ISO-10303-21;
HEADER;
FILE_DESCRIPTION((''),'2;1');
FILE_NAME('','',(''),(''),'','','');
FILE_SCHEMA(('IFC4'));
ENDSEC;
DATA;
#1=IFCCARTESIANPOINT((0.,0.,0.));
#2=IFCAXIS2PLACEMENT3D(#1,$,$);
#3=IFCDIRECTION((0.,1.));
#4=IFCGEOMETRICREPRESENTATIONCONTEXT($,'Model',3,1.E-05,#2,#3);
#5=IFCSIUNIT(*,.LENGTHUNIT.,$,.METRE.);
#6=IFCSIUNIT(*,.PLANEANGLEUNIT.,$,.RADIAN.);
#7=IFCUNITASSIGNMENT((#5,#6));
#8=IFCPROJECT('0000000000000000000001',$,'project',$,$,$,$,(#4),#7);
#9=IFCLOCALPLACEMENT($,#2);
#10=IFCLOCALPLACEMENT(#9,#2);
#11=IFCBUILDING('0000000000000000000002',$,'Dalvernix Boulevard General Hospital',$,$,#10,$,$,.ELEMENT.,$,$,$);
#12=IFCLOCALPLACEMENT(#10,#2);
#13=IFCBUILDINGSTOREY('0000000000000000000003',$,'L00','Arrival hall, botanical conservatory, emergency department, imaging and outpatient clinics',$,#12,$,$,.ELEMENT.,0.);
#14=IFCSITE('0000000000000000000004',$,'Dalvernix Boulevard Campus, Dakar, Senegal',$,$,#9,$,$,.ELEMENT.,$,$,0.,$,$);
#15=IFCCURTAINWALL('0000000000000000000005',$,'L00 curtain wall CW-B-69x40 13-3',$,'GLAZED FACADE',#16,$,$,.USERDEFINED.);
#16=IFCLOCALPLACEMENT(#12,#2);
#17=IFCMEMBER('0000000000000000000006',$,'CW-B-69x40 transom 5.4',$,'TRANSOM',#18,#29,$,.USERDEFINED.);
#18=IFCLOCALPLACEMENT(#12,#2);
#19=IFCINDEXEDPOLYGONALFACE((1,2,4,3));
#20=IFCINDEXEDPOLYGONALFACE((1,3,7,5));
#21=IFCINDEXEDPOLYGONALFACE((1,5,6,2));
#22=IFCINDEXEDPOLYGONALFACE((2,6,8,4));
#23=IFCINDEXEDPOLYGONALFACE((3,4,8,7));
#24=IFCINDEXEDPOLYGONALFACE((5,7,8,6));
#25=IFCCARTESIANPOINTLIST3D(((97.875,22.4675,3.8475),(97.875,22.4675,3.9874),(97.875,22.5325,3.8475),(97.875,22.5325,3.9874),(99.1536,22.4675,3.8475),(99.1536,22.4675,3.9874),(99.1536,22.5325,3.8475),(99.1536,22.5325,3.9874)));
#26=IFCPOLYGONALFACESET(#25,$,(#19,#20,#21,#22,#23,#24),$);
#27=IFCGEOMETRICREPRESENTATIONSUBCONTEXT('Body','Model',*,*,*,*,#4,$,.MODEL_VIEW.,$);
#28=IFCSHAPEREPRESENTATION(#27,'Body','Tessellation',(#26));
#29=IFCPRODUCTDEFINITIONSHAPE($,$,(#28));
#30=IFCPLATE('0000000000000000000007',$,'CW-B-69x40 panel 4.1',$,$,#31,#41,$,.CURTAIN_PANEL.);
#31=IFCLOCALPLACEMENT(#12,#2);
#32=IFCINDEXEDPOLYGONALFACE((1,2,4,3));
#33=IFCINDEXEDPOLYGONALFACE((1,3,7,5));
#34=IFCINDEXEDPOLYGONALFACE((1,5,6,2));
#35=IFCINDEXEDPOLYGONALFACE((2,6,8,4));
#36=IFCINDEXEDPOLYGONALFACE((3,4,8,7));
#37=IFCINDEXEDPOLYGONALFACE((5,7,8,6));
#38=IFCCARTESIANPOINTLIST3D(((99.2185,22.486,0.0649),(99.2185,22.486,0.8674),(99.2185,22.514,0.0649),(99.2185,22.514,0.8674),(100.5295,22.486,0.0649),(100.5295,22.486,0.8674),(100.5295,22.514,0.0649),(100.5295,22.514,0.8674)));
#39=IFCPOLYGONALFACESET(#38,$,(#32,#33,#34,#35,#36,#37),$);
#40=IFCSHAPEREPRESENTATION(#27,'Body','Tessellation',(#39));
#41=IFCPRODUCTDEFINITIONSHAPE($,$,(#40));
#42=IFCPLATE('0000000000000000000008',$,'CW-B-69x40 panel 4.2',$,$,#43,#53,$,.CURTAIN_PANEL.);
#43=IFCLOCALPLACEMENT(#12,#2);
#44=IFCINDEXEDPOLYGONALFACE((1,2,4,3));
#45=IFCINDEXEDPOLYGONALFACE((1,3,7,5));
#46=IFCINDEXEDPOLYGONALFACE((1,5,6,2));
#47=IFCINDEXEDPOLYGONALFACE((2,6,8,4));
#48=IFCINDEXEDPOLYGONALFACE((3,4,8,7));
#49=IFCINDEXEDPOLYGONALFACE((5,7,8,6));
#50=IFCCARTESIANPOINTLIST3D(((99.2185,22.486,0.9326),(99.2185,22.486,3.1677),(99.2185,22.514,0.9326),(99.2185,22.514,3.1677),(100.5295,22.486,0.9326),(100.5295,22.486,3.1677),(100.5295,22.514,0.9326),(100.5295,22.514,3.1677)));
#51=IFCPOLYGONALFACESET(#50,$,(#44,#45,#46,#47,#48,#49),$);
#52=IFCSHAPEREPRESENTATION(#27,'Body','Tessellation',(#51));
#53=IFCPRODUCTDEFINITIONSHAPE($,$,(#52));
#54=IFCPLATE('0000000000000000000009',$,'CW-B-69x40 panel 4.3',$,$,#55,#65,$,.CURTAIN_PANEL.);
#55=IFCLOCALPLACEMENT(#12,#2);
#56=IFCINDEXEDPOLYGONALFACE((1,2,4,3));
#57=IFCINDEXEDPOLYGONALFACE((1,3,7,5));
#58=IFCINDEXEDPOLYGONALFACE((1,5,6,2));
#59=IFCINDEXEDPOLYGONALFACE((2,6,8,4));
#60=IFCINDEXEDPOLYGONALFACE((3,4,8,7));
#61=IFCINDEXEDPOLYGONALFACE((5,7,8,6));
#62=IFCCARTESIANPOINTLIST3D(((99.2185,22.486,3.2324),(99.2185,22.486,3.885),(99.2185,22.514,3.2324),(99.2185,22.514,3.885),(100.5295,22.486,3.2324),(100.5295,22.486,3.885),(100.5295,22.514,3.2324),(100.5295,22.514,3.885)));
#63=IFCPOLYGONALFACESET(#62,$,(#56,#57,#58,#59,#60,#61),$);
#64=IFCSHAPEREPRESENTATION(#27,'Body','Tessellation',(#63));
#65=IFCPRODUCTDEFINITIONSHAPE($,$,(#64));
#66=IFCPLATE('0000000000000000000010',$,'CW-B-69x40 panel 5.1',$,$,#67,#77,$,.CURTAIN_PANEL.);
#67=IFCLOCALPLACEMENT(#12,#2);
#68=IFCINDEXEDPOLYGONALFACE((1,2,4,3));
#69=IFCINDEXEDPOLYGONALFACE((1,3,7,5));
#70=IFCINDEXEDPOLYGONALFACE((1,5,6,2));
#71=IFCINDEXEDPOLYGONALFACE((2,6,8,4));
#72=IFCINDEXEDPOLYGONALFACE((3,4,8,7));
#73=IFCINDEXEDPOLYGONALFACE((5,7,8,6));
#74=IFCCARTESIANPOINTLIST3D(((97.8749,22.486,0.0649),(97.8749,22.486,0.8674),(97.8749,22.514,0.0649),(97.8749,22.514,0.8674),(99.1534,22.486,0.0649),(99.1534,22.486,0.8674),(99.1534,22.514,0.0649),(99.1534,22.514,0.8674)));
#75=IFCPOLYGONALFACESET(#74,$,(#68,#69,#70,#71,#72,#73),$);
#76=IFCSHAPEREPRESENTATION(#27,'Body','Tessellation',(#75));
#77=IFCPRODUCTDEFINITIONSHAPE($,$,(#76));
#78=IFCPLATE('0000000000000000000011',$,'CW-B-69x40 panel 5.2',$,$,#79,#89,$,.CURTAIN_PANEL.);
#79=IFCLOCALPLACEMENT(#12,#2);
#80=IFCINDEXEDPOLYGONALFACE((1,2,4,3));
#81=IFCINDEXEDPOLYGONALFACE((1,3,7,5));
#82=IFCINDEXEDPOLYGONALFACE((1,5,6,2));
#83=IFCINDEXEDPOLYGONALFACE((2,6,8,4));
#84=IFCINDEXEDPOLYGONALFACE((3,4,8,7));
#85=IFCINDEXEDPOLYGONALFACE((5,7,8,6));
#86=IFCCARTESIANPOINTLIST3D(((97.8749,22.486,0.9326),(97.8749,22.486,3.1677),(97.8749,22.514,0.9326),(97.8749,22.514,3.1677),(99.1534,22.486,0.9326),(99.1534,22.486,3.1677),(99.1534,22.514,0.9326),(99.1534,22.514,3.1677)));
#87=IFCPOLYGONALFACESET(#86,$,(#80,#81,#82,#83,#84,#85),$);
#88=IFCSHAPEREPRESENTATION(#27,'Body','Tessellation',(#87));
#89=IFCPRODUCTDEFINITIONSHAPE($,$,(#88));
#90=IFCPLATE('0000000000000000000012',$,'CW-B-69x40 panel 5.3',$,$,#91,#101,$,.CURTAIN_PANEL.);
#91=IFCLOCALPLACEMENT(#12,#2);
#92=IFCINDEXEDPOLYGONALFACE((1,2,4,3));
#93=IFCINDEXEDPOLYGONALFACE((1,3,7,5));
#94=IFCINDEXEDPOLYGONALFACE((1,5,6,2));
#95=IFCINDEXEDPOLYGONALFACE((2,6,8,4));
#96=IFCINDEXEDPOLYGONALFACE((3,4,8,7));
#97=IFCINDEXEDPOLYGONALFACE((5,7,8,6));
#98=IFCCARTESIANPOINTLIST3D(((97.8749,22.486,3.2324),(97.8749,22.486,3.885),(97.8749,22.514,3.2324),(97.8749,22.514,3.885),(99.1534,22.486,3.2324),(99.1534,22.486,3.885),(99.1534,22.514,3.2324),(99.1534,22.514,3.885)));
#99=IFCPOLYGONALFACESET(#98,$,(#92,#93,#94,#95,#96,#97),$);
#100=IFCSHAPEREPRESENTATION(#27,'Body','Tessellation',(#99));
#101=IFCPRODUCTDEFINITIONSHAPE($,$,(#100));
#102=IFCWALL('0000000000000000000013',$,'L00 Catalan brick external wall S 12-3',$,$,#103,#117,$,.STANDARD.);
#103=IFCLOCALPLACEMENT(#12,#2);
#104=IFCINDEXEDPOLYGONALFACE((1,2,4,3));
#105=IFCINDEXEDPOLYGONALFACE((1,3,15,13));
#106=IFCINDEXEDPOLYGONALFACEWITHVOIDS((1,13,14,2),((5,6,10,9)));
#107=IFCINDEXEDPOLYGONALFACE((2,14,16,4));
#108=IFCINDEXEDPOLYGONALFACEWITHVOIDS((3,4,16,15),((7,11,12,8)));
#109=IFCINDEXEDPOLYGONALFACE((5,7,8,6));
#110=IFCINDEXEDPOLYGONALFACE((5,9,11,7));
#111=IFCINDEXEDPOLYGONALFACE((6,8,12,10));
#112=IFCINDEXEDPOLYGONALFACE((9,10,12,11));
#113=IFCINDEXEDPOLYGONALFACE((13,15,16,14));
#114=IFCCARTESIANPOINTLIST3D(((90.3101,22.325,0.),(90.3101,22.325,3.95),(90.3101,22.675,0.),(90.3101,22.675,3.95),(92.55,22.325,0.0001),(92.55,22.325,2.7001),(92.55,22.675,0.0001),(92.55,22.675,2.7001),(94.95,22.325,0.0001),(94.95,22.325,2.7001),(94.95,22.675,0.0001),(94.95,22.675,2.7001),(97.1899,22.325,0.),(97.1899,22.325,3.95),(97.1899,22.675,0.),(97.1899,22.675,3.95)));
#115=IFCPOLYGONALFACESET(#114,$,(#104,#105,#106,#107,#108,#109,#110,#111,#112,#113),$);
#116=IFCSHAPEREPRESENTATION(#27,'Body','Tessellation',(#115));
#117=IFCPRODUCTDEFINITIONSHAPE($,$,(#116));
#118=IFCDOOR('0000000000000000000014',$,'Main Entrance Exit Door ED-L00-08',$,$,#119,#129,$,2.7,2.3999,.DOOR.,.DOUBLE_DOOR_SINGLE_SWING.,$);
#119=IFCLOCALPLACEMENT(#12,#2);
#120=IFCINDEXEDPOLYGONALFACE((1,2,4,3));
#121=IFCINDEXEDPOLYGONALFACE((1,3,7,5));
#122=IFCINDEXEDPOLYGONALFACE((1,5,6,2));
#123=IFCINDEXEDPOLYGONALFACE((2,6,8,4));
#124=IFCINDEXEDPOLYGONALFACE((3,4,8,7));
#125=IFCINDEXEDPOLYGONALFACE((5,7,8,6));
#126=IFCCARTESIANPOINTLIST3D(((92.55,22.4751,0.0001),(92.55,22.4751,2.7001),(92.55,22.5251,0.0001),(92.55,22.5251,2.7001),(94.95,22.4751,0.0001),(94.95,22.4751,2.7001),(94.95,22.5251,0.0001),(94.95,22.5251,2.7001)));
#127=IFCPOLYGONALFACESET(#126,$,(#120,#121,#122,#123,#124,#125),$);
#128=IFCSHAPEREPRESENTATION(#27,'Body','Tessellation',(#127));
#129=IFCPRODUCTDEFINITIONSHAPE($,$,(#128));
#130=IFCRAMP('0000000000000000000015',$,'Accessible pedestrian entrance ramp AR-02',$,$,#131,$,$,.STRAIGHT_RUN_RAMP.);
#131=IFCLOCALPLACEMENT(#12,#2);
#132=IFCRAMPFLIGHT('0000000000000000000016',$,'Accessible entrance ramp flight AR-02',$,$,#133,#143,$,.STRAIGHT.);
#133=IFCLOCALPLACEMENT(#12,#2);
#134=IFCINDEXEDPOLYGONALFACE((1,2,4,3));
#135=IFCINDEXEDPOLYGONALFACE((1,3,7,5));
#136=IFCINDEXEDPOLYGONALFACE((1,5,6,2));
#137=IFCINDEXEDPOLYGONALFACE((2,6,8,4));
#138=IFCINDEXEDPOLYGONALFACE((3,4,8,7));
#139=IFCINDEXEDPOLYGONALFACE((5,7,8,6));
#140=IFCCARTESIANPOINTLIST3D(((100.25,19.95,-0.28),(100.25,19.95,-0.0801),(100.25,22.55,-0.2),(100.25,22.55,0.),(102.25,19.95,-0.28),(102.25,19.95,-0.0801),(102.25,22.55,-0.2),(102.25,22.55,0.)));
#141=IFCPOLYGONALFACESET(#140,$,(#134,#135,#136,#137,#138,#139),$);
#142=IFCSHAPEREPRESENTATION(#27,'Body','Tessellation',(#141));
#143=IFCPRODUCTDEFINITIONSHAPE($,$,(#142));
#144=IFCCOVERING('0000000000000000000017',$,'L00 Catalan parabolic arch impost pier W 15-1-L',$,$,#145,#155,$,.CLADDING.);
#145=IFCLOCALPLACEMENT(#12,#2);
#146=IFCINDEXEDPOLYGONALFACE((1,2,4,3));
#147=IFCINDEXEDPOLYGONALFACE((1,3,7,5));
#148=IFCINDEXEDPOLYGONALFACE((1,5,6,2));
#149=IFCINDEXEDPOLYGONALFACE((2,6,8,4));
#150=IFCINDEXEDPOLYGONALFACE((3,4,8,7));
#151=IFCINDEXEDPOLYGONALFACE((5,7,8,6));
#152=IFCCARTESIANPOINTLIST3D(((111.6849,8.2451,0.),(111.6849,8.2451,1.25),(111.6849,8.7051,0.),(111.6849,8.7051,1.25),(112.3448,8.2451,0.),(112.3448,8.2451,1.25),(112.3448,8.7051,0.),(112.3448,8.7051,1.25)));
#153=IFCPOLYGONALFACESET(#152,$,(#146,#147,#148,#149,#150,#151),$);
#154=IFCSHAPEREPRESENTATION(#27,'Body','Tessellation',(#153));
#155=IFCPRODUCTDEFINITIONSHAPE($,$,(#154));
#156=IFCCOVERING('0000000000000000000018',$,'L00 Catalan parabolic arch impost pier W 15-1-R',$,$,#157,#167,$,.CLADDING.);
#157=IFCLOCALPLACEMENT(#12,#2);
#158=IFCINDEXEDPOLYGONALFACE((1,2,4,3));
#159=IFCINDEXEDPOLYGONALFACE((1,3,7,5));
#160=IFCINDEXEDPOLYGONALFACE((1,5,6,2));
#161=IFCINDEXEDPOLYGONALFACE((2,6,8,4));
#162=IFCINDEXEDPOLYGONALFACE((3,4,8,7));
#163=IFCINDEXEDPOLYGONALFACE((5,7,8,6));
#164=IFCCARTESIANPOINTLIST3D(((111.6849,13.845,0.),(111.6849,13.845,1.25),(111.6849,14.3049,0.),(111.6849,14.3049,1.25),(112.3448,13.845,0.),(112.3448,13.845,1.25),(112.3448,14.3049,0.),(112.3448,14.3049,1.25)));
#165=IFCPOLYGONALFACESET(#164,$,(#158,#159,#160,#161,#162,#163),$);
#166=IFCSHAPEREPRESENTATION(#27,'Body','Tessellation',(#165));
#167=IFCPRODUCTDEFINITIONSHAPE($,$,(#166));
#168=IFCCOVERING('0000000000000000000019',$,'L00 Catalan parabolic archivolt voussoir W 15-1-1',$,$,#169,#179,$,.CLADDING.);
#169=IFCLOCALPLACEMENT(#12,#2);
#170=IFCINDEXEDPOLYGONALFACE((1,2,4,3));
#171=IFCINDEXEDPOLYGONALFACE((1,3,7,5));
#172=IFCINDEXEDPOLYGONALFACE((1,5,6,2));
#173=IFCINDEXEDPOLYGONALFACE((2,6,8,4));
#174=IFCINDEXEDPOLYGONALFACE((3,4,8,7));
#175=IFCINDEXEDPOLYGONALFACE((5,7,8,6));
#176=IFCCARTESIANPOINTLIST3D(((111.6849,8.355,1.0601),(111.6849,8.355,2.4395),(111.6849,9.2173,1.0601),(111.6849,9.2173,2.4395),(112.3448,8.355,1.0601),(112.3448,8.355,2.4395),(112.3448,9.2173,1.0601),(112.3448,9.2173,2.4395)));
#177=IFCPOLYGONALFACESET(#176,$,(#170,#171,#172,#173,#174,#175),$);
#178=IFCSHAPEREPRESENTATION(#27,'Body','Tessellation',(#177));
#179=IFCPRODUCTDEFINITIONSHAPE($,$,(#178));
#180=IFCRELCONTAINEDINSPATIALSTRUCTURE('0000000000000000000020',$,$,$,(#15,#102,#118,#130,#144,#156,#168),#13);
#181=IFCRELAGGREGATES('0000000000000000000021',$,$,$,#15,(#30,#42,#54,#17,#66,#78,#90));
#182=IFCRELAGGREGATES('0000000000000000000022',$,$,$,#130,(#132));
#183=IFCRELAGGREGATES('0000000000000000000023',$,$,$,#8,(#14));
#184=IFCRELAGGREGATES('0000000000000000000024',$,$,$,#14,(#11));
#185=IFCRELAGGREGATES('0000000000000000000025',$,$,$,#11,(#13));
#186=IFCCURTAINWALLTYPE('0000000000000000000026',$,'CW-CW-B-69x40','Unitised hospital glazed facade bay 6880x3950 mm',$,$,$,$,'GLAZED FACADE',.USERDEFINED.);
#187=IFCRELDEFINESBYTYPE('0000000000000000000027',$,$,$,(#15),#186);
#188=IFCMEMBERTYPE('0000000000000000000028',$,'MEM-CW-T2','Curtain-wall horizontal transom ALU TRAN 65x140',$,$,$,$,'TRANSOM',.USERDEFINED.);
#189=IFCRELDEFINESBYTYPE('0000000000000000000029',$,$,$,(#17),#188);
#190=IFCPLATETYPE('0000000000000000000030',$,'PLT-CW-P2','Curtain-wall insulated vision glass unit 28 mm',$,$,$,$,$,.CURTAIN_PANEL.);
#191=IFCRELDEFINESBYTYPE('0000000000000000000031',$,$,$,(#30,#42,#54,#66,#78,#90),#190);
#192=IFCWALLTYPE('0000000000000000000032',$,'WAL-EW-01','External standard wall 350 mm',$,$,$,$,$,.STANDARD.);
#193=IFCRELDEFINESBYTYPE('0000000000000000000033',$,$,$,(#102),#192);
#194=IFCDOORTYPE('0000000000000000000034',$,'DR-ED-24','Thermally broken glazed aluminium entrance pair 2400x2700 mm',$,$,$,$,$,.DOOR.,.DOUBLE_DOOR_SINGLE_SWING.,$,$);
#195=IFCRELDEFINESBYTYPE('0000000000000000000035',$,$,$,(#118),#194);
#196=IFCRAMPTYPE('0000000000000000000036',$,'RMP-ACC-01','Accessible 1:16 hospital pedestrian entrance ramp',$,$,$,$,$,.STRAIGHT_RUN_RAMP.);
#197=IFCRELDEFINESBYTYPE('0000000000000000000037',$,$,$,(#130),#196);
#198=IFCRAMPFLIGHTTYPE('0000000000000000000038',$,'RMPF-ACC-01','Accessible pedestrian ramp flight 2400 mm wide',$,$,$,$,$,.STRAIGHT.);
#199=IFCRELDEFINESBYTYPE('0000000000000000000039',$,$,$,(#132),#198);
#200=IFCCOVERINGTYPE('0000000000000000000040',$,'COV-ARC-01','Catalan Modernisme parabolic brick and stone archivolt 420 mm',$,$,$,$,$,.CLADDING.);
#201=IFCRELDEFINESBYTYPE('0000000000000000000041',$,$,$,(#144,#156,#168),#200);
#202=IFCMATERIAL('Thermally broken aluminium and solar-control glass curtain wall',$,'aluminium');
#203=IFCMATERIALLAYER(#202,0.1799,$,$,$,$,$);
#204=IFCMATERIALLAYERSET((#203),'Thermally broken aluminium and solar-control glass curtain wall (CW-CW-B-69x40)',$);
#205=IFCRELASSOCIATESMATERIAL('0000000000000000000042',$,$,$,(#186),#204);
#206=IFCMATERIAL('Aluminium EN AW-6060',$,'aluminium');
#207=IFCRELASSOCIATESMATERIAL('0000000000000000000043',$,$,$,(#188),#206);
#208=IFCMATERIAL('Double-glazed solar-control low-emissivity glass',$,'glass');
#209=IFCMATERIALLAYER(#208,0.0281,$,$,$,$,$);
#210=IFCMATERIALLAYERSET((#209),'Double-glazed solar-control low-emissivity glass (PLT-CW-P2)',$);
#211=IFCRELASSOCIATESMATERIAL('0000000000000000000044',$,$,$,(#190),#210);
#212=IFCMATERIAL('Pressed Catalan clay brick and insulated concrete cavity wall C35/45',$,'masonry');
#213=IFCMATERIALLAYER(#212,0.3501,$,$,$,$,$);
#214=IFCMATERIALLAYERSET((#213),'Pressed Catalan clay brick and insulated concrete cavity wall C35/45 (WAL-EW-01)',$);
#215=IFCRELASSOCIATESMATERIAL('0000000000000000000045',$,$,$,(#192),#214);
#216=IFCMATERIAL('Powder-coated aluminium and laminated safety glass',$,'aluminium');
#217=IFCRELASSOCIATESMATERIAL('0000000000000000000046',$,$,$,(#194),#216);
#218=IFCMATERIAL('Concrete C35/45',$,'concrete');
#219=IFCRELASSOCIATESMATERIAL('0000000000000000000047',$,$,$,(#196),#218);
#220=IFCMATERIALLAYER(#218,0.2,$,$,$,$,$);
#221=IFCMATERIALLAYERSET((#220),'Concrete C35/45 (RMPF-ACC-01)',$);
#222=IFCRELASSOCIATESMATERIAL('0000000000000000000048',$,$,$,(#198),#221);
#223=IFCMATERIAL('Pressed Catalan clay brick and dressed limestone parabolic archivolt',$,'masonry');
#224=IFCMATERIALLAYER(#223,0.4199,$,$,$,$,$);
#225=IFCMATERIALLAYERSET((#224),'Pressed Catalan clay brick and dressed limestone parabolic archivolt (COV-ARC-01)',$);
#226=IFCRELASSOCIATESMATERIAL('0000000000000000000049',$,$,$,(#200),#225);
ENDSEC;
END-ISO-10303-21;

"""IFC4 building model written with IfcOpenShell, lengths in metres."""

from ifc_helpers import new_model, si_unit, direction, frame, frame_2d, origin, origin_2d, place, context, subcontext, project, spatial, polyline, rectangle, outline, extrude, material, layer, layer_set, material_profile, profile_set, type_object, element, fill, aggregate, save


model = new_model("IFC4")

# Units and contexts
model_context = context("Model", 3, precision=1e-05, world=origin(), true_north=direction((0.0, 1.0)))
body_context = subcontext(model_context, "Body", "Model", "MODEL_VIEW")
ifc_project = project(units=[si_unit("LENGTHUNIT", "METRE"), si_unit("PLANEANGLEUNIT", "RADIAN")], contexts=[model_context])

# Site, building, storey
site_placement = place(None, origin())
site = spatial("IfcSite", under=ifc_project, at=site_placement, Name="Dalvernix Boulevard Campus, Dakar, Senegal", CompositionType="ELEMENT", RefElevation=0.0)
building_placement = place(site_placement, origin())
building = spatial("IfcBuilding", under=site, at=building_placement, Name="Dalvernix Boulevard General Hospital", CompositionType="ELEMENT")
storey_placement = place(building_placement, origin())
storey = spatial("IfcBuildingStorey", under=building, at=storey_placement, Name="L00", Description="Arrival hall, botanical conservatory, emergency department, imaging and outpatient clinics", CompositionType="ELEMENT", Elevation=0.0)

# Shared definitions
ifc_material_1 = material(Name="Concrete C35/45", Category="concrete")

# Curtain wall, member, plates
ifc_material_2 = material(Name="Thermally broken aluminium and solar-control glass curtain wall", Category="aluminium")
ifc_layer_1 = layer(ifc_material_2, 0.1799)
ifc_layer_set_1 = layer_set([ifc_layer_1], Name="Thermally broken aluminium and solar-control glass curtain wall (CW-CW-B-69x40)")
curtain_wall_type = type_object("IfcCurtainWallType", Name="CW-CW-B-69x40", Description="Unitised hospital glazed facade bay 6880x3950 mm", ElementType="GLAZED FACADE", PredefinedType="USERDEFINED", material=ifc_layer_set_1)
curtain_wall_placement = place(storey_placement, origin())
curtain_wall = element("IfcCurtainWall", 1, at=curtain_wall_placement, inside=storey, type_object=curtain_wall_type, Name="L00 curtain wall CW-B-69x40 13-3", ObjectType="GLAZED FACADE", PredefinedType="USERDEFINED")
ifc_material_3 = material(Name="Aluminium EN AW-6060", Category="aluminium")
ifc_material_profile_1 = material_profile(ifc_material_3, rectangle(XDim=0.0649, YDim=0.1399, at=origin_2d()), Name="ALU TRAN 65x140")
ifc_profile_set_1 = profile_set([ifc_material_profile_1], Name="Aluminium EN AW-6060")
member_type_1 = type_object("IfcMemberType", Name="MEM-CW-T2", Description="Curtain-wall horizontal transom ALU TRAN 65x140", ElementType="TRANSOM", PredefinedType="USERDEFINED", material=ifc_profile_set_1)
member_1_placement = place(storey_placement, frame((99.1536, 22.5, 3.9175), z_axis=(-1.0, 0.0, 0.0), x_axis=(0.0, -1.0, 0.0)))
member_1 = element("IfcMember", 2, at=member_1_placement, type_object=member_type_1, Name="CW-B-69x40 transom 5.4", ObjectType="TRANSOM", PredefinedType="USERDEFINED", context=body_context, shape_type="SweptSolid", body=[
    extrude(rectangle(XDim=0.0649, YDim=0.1399, at=origin_2d()), origin(), (0.0, 0.0, 1.0), 1.2786),
])
ifc_material_4 = material(Name="Double-glazed solar-control low-emissivity glass", Category="glass")
ifc_layer_2 = layer(ifc_material_4, 0.0281)
ifc_layer_set_2 = layer_set([ifc_layer_2], Name="Double-glazed solar-control low-emissivity glass (PLT-CW-P2)")
plate_type = type_object("IfcPlateType", Name="PLT-CW-P2", Description="Curtain-wall insulated vision glass unit 28 mm", PredefinedType="CURTAIN_PANEL", material=ifc_layer_set_2)
plate_1_placement = place(storey_placement, frame((99.874, 22.5, 0.0649), z_axis=(0.0, 0.0, 1.0), x_axis=(-1.0, 0.0, 0.0)))
plate_1 = element("IfcPlate", 3, at=plate_1_placement, type_object=plate_type, Name="CW-B-69x40 panel 4.1", PredefinedType="CURTAIN_PANEL", context=body_context, shape_type="SweptSolid", body=[
    extrude(rectangle(XDim=1.311, YDim=0.0281, at=origin_2d()), origin(), (0.0, 0.0, 1.0), 0.8025),
])
plate_2_placement = place(storey_placement, frame((99.874, 22.5, 0.9326), z_axis=(0.0, 0.0, 1.0), x_axis=(-1.0, 0.0, 0.0)))
plate_2 = element("IfcPlate", 4, at=plate_2_placement, type_object=plate_type, Name="CW-B-69x40 panel 4.2", PredefinedType="CURTAIN_PANEL", context=body_context, shape_type="SweptSolid", body=[
    extrude(rectangle(XDim=1.311, YDim=0.0281, at=origin_2d()), origin(), (0.0, 0.0, 1.0), 2.2351),
])
plate_3_placement = place(storey_placement, frame((99.874, 22.5, 3.2324), z_axis=(0.0, 0.0, 1.0), x_axis=(-1.0, 0.0, 0.0)))
plate_3 = element("IfcPlate", 5, at=plate_3_placement, type_object=plate_type, Name="CW-B-69x40 panel 4.3", PredefinedType="CURTAIN_PANEL", context=body_context, shape_type="SweptSolid", body=[
    extrude(rectangle(XDim=1.311, YDim=0.0281, at=origin_2d()), origin(), (0.0, 0.0, 1.0), 0.6526),
])
plate_4_placement = place(storey_placement, frame((98.5142, 22.5, 0.0649), z_axis=(0.0, 0.0, 1.0), x_axis=(-1.0, 0.0, 0.0)))
plate_4 = element("IfcPlate", 6, at=plate_4_placement, type_object=plate_type, Name="CW-B-69x40 panel 5.1", PredefinedType="CURTAIN_PANEL", context=body_context, shape_type="SweptSolid", body=[
    extrude(rectangle(XDim=1.2786, YDim=0.0281, at=origin_2d()), origin(), (0.0, 0.0, 1.0), 0.8025),
])
plate_5_placement = place(storey_placement, frame((98.5142, 22.5, 0.9326), z_axis=(0.0, 0.0, 1.0), x_axis=(-1.0, 0.0, 0.0)))
plate_5 = element("IfcPlate", 7, at=plate_5_placement, type_object=plate_type, Name="CW-B-69x40 panel 5.2", PredefinedType="CURTAIN_PANEL", context=body_context, shape_type="SweptSolid", body=[
    extrude(rectangle(XDim=1.2786, YDim=0.0281, at=origin_2d()), origin(), (0.0, 0.0, 1.0), 2.2351),
])
plate_6_placement = place(storey_placement, frame((98.5142, 22.5, 3.2324), z_axis=(0.0, 0.0, 1.0), x_axis=(-1.0, 0.0, 0.0)))
plate_6 = element("IfcPlate", 8, at=plate_6_placement, type_object=plate_type, Name="CW-B-69x40 panel 5.3", PredefinedType="CURTAIN_PANEL", context=body_context, shape_type="SweptSolid", body=[
    extrude(rectangle(XDim=1.2786, YDim=0.0281, at=origin_2d()), origin(), (0.0, 0.0, 1.0), 0.6526),
])
aggregate(curtain_wall, [plate_1, plate_2, plate_3, member_1, plate_4, plate_5, plate_6])

# Wall, opening, door
ifc_material_5 = material(Name="Pressed Catalan clay brick and insulated concrete cavity wall C35/45", Category="masonry")
ifc_layer_3 = layer(ifc_material_5, 0.3501)
ifc_layer_set_3 = layer_set([ifc_layer_3], Name="Pressed Catalan clay brick and insulated concrete cavity wall C35/45 (WAL-EW-01)")
wall_type = type_object("IfcWallType", Name="WAL-EW-01", Description="External standard wall 350 mm", PredefinedType="STANDARD", material=ifc_layer_set_3)
wall_placement = place(storey_placement, frame((97.1899, 22.5, 0.0), z_axis=(0.0, 0.0, 1.0), x_axis=(-1.0, 0.0, 0.0)))
wall = element("IfcWall", 9, at=wall_placement, inside=storey, type_object=wall_type, Name="L00 Catalan brick external wall S 12-3", PredefinedType="STANDARD", context=body_context, shape_type="SweptSolid", body=[
    extrude(rectangle(XDim=6.8799, YDim=0.3501, at=frame_2d((3.4399, 0.0))), origin(), (0.0, 0.0, 1.0), 3.95),
])
opening_placement = place(wall_placement, frame((2.24, 0.0, 0.0)))
opening = element("IfcOpeningElement", 10, at=opening_placement, cuts=wall, PredefinedType="OPENING", context=body_context, shape_type="SweptSolid", body=[
    extrude(rectangle(XDim=2.3999, YDim=2.7, at=frame_2d((1.2, 1.3501))), frame((0.0, 0.1851, 0.0), z_axis=(0.0, -1.0, 0.0), x_axis=(1.0, 0.0, 0.0)), (0.0, 0.0, 1.0), 0.3701),
])
ifc_material_6 = material(Name="Powder-coated aluminium and laminated safety glass", Category="aluminium")
door_type = type_object("IfcDoorType", Name="DR-ED-24", Description="Thermally broken glazed aluminium entrance pair 2400x2700 mm", OperationType="DOUBLE_DOOR_SINGLE_SWING", PredefinedType="DOOR", material=ifc_material_6)
door_placement = place(opening_placement, origin())
door = element("IfcDoor", 11, at=door_placement, inside=storey, type_object=door_type, Name="Main Entrance Exit Door ED-L00-08", OperationType="DOUBLE_DOOR_SINGLE_SWING", OverallHeight=2.7, OverallWidth=2.3999, PredefinedType="DOOR", context=body_context, shape_type="SweptSolid", body=[
    extrude(rectangle(XDim=2.3999, YDim=2.7, at=frame_2d((1.2, 1.3501))), frame((0.0, 0.0249, 0.0), z_axis=(0.0, -1.0, 0.0), x_axis=(1.0, 0.0, 0.0)), (0.0, 0.0, 1.0), 0.05),
])
fill(opening, door)

# Ramp, ramp flight
ramp_type = type_object("IfcRampType", Name="RMP-ACC-01", Description="Accessible 1:16 hospital pedestrian entrance ramp", PredefinedType="STRAIGHT_RUN_RAMP", material=ifc_material_1)
ramp_placement = place(storey_placement, origin())
ramp = element("IfcRamp", 12, at=ramp_placement, inside=storey, type_object=ramp_type, Name="Accessible pedestrian entrance ramp AR-02", PredefinedType="STRAIGHT_RUN_RAMP")
ifc_layer_4 = layer(ifc_material_1, 0.2)
ifc_layer_set_4 = layer_set([ifc_layer_4], Name="Concrete C35/45 (RMPF-ACC-01)")
ramp_flight_type = type_object("IfcRampFlightType", Name="RMPF-ACC-01", Description="Accessible pedestrian ramp flight 2400 mm wide", PredefinedType="STRAIGHT", material=ifc_layer_set_4)
ramp_flight_placement = place(storey_placement, frame((101.25, 19.95, -0.0801), z_axis=(0.0, 0.0, 1.0), x_axis=(0.0, 1.0, 0.0)))
ramp_flight = element("IfcRampFlight", 13, at=ramp_flight_placement, type_object=ramp_flight_type, Name="Accessible entrance ramp flight AR-02", PredefinedType="STRAIGHT", context=body_context, shape_type="SweptSolid", body=[
    extrude(outline(polyline([(0.0, 0.0), (0.0, -0.2), (2.6001, -0.1199), (2.6001, 0.0801), (0.0, 0.0)])), frame((0.0, 1.0, 0.0), z_axis=(0.0, -1.0, 0.0), x_axis=(1.0, 0.0, 0.0)), (0.0, 0.0, 1.0), 2.0),
])
aggregate(ramp, [ramp_flight])

# Coverings
ifc_material_7 = material(Name="Pressed Catalan clay brick and dressed limestone parabolic archivolt", Category="masonry")
ifc_layer_5 = layer(ifc_material_7, 0.4199)
ifc_layer_set_5 = layer_set([ifc_layer_5], Name="Pressed Catalan clay brick and dressed limestone parabolic archivolt (COV-ARC-01)")
covering_type = type_object("IfcCoveringType", Name="COV-ARC-01", Description="Catalan Modernisme parabolic brick and stone archivolt 420 mm", PredefinedType="CLADDING", material=ifc_layer_set_5)
for number, where, z_axis, x_axis, name in (
    (14, (112.0149, 8.4751, 0.0), (0.0, 0.0, 1.0), (0.0, 1.0, 0.0), "L00 Catalan parabolic arch impost pier W 15-1-L"),
    (15, (112.0149, 14.075, 0.0), (0.0, 0.0, 1.0), (0.0, 1.0, 0.0), "L00 Catalan parabolic arch impost pier W 15-1-R"),
):
    element("IfcCovering", number, at=place(storey_placement, frame(where, z_axis=z_axis, x_axis=x_axis)), inside=storey, type_object=covering_type, Name=name, PredefinedType="CLADDING", context=body_context, shape_type="SweptSolid", body=[
        extrude(rectangle(XDim=0.46, YDim=0.6599, at=origin_2d()), origin(), (0.0, 0.0, 1.0), 1.25),
    ])
covering_1_placement = place(storey_placement, frame((112.0149, 8.7861, 1.0601), z_axis=(0.0, 0.0, 1.0), x_axis=(0.0, 1.0, 0.0)))
element("IfcCovering", 16, at=covering_1_placement, inside=storey, type_object=covering_type, Name="L00 Catalan parabolic archivolt voussoir W 15-1-1", PredefinedType="CLADDING", context=body_context, shape_type="SweptSolid", body=[
    extrude(rectangle(XDim=0.8623, YDim=0.6599, at=origin_2d()), origin(), (0.0, 0.0, 1.0), 1.3794),
])

save(model, "model.ifc")
